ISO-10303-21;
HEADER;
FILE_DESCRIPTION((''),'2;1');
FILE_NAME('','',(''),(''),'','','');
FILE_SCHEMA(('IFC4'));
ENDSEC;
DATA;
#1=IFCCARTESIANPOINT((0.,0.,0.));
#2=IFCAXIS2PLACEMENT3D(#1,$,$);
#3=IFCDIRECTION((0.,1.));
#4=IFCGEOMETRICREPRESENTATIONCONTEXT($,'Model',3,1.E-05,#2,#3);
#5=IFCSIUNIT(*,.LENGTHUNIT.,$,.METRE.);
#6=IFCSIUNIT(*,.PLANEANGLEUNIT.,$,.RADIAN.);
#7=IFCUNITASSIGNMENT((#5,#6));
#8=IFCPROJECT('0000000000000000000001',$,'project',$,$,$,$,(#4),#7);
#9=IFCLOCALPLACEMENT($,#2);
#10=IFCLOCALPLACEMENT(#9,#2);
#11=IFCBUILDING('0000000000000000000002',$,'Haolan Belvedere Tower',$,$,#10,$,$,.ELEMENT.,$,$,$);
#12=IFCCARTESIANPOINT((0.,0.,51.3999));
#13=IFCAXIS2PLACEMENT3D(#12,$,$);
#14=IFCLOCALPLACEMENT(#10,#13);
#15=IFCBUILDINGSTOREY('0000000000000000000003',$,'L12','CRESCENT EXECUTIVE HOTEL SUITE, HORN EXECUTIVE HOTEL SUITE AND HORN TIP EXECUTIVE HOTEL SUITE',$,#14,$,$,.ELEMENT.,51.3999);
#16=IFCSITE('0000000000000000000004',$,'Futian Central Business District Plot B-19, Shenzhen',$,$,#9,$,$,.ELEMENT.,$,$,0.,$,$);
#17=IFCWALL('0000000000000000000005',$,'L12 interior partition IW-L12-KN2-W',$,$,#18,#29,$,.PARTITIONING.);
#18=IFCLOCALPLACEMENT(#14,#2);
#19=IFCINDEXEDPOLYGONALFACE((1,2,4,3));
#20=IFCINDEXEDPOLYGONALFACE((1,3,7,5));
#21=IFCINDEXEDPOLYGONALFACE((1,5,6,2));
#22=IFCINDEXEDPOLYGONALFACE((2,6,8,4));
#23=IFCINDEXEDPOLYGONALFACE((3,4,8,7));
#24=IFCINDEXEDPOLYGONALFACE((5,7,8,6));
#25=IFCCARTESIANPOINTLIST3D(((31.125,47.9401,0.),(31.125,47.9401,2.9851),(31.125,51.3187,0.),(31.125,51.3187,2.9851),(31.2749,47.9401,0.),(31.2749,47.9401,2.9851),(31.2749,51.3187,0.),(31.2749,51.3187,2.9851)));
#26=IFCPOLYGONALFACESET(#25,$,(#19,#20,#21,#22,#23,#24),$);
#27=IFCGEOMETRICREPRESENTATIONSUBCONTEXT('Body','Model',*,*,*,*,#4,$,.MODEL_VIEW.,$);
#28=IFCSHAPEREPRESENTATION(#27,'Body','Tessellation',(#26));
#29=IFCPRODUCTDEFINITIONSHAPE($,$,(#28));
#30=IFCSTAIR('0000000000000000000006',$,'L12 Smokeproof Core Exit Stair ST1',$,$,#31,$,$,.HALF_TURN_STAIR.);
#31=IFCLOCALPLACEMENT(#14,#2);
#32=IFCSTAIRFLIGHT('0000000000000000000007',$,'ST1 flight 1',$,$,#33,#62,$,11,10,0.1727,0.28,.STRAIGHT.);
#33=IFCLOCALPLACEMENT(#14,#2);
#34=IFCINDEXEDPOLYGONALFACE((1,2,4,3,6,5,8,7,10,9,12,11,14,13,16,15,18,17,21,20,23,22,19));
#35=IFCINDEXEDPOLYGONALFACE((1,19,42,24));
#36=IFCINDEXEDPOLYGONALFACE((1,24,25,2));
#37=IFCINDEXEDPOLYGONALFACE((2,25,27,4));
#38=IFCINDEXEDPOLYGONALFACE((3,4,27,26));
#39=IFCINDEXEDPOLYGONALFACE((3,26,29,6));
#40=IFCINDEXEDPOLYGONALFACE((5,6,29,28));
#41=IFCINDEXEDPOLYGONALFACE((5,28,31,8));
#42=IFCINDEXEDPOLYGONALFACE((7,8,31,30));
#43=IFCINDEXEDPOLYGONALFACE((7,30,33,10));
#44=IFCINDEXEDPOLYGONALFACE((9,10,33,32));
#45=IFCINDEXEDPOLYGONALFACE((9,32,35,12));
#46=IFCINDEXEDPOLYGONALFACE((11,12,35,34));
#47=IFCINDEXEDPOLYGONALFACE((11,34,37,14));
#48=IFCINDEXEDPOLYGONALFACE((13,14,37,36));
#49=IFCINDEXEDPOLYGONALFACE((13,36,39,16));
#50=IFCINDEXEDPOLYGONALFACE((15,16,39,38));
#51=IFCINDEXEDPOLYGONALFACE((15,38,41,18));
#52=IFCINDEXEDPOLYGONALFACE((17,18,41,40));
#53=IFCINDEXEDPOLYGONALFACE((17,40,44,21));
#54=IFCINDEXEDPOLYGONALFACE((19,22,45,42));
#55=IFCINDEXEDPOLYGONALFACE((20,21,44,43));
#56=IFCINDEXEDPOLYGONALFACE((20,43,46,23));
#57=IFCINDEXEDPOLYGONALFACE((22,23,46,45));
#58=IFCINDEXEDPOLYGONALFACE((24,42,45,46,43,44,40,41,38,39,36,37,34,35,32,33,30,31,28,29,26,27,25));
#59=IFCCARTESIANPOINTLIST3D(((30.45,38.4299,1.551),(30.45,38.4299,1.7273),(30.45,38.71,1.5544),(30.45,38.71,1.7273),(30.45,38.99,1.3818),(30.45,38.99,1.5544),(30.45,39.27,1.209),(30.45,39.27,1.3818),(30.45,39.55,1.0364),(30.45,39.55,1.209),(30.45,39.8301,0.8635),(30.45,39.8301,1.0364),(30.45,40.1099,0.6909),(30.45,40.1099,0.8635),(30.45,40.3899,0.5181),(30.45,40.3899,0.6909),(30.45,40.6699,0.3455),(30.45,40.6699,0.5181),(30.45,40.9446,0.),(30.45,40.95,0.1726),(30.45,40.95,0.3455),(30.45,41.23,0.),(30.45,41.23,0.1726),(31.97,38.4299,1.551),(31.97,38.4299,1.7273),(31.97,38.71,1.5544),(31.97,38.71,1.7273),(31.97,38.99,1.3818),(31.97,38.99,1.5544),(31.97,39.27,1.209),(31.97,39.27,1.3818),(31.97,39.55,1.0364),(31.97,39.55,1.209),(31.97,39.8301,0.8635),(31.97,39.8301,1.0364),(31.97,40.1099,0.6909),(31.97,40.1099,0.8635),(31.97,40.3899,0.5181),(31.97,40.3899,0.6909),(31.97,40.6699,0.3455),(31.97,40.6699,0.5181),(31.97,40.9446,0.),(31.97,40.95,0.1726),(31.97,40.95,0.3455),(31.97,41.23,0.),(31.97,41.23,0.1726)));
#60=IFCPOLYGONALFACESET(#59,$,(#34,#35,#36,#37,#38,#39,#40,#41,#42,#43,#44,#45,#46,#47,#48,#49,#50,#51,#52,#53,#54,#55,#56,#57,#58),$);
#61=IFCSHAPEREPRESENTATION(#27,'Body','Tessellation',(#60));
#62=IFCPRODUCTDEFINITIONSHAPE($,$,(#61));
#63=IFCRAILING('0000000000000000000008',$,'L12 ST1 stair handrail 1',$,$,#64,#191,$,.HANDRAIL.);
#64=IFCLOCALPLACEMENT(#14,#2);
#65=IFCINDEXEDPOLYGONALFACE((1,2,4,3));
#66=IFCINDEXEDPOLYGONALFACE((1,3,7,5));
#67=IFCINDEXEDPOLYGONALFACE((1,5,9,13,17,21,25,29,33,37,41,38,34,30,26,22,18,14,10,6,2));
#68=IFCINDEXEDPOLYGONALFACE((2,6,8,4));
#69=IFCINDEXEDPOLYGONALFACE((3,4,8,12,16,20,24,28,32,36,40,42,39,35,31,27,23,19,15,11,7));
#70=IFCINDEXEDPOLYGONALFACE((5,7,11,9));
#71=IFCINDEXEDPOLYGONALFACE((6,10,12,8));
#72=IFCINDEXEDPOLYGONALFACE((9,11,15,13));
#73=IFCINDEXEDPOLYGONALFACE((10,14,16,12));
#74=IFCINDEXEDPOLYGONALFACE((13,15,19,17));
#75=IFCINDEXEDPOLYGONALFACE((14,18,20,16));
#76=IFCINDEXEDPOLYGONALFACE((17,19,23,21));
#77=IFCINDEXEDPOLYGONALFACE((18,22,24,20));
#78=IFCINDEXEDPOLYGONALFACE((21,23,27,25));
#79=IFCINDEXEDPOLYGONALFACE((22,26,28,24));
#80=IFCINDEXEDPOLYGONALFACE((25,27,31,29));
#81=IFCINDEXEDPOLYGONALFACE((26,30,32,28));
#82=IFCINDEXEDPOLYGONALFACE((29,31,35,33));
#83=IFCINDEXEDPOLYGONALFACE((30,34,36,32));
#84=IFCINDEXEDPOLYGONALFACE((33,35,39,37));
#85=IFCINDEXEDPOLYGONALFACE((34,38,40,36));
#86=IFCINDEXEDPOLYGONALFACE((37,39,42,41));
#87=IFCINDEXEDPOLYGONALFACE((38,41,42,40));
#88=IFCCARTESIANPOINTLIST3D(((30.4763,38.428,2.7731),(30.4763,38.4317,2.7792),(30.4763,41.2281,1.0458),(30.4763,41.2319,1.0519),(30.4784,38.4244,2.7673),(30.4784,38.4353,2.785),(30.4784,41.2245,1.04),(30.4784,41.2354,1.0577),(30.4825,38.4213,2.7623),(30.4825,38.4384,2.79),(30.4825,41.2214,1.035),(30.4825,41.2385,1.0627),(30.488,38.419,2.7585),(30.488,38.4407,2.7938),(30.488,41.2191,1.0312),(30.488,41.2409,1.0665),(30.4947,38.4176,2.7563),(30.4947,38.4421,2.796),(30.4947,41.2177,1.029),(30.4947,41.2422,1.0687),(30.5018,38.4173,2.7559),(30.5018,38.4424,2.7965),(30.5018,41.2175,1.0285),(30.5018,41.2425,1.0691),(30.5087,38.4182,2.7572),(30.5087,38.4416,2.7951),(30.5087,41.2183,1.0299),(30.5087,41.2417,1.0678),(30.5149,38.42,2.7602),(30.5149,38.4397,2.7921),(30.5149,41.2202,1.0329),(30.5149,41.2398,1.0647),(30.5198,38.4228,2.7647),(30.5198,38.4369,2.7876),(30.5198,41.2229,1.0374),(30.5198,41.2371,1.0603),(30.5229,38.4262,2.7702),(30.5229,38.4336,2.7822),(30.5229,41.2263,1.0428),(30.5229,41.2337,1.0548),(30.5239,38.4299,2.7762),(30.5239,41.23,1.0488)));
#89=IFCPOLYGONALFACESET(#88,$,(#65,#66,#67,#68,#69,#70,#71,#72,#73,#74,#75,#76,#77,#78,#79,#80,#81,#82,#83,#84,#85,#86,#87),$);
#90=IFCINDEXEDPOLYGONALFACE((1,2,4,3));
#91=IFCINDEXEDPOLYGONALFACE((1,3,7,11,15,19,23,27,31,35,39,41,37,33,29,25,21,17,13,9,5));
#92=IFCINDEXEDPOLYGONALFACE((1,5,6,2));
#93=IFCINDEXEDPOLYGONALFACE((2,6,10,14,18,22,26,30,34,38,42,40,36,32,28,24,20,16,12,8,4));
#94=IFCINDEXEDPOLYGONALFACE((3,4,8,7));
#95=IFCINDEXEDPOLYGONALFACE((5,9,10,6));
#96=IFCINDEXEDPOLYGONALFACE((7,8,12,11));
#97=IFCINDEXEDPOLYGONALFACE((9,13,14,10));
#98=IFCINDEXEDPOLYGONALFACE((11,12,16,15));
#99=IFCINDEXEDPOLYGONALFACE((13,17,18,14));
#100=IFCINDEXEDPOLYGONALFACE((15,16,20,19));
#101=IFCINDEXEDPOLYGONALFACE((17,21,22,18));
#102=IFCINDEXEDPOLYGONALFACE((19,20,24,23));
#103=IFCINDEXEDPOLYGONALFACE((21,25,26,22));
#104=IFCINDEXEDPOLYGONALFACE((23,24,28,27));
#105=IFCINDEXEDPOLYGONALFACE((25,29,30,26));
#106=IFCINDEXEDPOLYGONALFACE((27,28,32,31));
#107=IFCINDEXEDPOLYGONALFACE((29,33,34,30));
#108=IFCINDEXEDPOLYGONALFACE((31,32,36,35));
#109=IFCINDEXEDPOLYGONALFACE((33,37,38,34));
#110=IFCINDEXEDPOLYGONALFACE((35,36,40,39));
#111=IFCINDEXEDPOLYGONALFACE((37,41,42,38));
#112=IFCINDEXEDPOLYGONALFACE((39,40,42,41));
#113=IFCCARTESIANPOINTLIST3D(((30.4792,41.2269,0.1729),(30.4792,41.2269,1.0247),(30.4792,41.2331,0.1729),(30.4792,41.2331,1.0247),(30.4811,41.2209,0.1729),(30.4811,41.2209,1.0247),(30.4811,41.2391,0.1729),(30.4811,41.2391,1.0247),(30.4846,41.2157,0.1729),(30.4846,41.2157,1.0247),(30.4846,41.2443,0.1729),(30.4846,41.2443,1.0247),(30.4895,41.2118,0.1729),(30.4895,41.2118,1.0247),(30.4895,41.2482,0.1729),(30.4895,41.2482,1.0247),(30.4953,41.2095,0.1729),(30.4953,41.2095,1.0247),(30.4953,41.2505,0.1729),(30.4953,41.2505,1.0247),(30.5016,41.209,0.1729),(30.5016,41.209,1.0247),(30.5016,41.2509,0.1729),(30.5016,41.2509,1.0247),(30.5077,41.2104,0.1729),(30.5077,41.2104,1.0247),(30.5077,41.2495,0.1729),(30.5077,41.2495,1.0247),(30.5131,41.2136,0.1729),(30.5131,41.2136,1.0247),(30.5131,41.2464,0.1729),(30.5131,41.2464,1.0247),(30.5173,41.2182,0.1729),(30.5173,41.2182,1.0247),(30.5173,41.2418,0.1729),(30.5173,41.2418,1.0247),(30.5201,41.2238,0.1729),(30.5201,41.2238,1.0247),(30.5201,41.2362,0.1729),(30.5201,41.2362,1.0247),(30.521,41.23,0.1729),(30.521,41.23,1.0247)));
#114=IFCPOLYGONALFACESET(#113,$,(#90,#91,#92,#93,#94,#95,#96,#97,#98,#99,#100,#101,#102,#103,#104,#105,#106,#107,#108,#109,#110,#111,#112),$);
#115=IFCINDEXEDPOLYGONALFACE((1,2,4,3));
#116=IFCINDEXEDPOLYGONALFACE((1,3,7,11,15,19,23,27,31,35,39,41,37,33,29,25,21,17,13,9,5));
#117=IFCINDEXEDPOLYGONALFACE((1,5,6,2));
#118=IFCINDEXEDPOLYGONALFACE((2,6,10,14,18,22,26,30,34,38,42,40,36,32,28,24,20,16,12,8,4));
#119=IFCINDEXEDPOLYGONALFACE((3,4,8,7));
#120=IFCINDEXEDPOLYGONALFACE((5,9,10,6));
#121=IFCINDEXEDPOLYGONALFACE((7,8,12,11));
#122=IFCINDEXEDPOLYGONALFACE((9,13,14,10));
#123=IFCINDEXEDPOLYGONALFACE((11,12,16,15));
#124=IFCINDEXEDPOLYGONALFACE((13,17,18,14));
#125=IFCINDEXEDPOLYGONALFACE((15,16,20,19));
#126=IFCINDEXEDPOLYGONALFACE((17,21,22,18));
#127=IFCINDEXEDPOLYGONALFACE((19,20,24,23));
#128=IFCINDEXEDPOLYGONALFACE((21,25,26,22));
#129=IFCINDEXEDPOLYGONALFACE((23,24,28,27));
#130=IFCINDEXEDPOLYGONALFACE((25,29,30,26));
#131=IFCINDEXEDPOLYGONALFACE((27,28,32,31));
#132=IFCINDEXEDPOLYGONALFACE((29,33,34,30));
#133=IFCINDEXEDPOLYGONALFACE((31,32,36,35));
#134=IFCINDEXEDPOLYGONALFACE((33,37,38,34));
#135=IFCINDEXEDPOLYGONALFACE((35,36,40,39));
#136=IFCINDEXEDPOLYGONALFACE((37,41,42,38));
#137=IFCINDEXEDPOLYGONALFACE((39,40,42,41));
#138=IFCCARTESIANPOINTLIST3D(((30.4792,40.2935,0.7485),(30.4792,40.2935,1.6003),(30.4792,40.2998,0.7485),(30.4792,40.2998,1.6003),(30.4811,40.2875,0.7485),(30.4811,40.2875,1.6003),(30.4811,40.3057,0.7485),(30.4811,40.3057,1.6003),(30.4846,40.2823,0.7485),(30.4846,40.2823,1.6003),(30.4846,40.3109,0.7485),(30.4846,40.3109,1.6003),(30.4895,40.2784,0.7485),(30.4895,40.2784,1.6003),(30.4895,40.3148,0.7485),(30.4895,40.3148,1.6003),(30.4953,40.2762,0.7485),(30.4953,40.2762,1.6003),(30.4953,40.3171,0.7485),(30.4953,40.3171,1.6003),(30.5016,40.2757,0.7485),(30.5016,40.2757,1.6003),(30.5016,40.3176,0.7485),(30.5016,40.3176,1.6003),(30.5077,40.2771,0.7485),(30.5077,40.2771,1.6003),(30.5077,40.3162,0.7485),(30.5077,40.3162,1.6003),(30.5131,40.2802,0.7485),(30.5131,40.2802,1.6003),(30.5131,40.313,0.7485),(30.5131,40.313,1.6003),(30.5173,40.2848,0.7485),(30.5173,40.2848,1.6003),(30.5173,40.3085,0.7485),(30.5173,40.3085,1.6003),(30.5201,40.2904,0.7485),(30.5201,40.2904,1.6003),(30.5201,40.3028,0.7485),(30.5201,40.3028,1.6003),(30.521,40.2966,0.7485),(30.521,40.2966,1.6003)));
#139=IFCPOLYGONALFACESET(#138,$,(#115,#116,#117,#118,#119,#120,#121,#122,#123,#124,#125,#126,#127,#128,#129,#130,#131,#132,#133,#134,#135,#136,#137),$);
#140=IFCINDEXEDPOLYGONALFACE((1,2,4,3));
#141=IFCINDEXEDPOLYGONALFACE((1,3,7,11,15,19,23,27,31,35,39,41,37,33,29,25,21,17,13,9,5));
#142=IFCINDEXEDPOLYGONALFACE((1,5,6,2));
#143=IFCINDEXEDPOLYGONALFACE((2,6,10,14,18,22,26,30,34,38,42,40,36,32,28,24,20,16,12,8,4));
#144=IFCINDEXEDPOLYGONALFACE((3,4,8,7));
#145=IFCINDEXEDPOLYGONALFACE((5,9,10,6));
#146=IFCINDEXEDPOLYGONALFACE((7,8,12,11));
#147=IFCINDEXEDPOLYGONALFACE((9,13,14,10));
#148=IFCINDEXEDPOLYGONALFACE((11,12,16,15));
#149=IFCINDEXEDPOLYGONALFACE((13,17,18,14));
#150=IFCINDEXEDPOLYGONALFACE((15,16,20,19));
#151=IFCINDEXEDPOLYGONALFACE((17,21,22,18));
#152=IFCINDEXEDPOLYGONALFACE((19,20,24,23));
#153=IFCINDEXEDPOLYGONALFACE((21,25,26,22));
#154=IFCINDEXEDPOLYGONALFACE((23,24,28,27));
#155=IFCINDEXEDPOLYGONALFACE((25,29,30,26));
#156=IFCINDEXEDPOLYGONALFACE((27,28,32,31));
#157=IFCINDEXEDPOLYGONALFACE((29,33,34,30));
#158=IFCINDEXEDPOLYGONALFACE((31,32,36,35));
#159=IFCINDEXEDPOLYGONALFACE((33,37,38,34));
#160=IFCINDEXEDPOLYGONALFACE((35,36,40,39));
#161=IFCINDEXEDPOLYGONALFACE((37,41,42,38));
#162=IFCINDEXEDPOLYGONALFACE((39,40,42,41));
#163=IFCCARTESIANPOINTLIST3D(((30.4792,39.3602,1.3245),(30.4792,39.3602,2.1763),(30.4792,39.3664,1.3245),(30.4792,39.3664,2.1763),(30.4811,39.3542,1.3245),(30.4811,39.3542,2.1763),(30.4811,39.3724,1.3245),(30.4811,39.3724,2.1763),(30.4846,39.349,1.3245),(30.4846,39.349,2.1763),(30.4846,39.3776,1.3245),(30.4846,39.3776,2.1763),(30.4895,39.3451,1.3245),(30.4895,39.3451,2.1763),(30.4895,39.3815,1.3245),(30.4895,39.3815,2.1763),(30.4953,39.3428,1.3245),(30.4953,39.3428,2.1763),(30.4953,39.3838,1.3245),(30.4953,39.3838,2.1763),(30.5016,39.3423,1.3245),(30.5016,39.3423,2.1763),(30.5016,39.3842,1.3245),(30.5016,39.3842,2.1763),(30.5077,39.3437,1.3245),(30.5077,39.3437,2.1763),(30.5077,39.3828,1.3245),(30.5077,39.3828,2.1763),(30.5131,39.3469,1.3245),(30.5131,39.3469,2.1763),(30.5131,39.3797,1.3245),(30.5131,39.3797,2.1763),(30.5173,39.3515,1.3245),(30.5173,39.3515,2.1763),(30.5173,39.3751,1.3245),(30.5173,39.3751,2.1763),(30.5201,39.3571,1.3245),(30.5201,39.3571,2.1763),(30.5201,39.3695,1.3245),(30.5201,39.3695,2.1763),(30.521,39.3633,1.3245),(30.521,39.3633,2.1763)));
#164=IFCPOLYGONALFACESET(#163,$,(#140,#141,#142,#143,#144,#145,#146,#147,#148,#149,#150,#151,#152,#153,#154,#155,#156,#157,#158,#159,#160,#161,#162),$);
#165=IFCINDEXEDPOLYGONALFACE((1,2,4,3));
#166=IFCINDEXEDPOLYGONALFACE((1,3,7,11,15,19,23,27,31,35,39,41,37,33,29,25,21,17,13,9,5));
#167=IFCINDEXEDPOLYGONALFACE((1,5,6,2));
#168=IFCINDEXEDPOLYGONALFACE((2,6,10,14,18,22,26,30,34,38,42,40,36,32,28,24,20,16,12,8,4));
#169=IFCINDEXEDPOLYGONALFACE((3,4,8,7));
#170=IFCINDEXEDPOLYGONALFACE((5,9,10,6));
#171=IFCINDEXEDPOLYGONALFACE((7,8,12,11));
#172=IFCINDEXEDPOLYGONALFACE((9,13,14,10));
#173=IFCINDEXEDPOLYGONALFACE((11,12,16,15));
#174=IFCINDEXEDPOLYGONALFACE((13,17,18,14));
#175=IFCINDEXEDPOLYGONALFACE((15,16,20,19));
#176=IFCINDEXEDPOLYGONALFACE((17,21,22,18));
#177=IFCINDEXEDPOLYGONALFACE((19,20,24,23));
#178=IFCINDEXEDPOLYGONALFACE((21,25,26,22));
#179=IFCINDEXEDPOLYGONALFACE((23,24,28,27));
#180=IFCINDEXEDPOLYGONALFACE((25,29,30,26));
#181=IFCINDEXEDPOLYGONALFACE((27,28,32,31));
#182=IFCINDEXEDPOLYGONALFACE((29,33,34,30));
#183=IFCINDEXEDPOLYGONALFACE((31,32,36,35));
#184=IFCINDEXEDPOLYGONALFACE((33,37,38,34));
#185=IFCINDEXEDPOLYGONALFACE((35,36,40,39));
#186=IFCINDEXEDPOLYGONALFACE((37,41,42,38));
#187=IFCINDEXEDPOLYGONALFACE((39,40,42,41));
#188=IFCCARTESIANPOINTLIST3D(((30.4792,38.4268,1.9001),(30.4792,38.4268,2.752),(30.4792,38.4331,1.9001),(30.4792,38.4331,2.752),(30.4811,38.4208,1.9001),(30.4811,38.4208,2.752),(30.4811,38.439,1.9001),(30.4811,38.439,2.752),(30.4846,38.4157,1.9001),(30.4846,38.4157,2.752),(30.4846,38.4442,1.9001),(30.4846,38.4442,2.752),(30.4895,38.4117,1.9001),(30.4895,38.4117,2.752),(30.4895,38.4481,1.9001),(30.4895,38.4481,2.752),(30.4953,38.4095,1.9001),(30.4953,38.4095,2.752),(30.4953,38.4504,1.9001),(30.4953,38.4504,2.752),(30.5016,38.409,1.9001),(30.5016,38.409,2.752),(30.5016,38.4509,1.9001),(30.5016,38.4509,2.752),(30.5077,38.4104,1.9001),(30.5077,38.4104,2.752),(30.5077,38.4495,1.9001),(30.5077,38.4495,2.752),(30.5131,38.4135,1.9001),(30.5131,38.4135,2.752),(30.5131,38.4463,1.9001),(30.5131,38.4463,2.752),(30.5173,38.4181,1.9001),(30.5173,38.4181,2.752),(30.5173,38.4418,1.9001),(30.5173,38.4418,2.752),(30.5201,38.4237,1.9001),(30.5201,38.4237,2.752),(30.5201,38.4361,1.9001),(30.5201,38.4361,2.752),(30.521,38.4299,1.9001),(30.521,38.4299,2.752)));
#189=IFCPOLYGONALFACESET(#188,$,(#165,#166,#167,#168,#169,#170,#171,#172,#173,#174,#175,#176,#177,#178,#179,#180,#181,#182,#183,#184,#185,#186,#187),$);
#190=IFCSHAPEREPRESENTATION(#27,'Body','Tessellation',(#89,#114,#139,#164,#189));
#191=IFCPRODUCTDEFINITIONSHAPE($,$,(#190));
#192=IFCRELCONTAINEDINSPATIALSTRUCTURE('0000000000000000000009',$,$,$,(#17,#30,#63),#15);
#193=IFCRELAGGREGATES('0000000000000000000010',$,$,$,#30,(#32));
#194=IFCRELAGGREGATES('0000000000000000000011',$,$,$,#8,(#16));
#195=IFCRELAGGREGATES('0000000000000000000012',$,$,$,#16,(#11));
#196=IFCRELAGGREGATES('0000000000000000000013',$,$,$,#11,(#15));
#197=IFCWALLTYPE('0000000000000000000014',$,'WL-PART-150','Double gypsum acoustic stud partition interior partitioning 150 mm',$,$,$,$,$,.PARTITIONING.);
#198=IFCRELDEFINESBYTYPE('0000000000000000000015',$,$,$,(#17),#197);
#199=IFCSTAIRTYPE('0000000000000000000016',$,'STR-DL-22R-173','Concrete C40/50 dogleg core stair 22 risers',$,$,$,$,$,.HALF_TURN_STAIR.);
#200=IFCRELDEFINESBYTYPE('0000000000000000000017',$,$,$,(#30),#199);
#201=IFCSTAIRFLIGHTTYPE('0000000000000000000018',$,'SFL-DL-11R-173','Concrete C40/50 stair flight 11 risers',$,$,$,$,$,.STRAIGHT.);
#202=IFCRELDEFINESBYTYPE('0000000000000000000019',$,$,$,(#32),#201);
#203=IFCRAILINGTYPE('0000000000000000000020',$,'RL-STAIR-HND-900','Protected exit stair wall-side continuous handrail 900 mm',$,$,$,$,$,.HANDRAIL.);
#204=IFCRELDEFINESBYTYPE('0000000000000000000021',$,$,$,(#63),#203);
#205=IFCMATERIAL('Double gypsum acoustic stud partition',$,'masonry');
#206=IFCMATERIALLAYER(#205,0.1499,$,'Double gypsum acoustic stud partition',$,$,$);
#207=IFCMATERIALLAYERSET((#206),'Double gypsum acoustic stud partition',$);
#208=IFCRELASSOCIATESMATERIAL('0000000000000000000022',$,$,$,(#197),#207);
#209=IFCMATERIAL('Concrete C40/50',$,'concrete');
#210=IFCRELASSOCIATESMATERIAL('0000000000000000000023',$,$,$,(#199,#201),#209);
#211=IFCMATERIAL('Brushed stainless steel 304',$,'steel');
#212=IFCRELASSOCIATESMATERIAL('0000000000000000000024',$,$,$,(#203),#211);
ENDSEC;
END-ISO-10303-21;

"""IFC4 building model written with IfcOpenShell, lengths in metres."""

from ifc_helpers import new_model, si_unit, direction, frame, frame_2d, origin, origin_2d, place, context, subcontext, project, spatial, polyline, rectangle, circle, outline, extrude, material, layer, layer_set, type_object, element, aggregate, save


model = new_model("IFC4")

# Units and contexts
model_context = context("Model", 3, precision=1e-05, world=origin(), true_north=direction((0.0, 1.0)))
body_context = subcontext(model_context, "Body", "Model", "MODEL_VIEW")
ifc_project = project(units=[si_unit("LENGTHUNIT", "METRE"), si_unit("PLANEANGLEUNIT", "RADIAN")], contexts=[model_context])

# Site, building, storey
site_placement = place(None, origin())
site = spatial("IfcSite", under=ifc_project, at=site_placement, Name="Futian Central Business District Plot B-19, Shenzhen", CompositionType="ELEMENT", RefElevation=0.0)
building_placement = place(site_placement, origin())
building = spatial("IfcBuilding", under=site, at=building_placement, Name="Haolan Belvedere Tower", CompositionType="ELEMENT")
storey_placement = place(building_placement, frame((0.0, 0.0, 51.3999)))
storey = spatial("IfcBuildingStorey", under=building, at=storey_placement, Name="L12", Description="CRESCENT EXECUTIVE HOTEL SUITE, HORN EXECUTIVE HOTEL SUITE AND HORN TIP EXECUTIVE HOTEL SUITE", CompositionType="ELEMENT", Elevation=51.3999)

# Shared definitions
ifc_material_1 = material(Name="Concrete C40/50", Category="concrete")

# Shared definitions
ifc_material_2 = material(Name="Double gypsum acoustic stud partition", Category="masonry")
ifc_layer_1 = layer(ifc_material_2, 0.1499, Name="Double gypsum acoustic stud partition")
ifc_layer_set_1 = layer_set([ifc_layer_1], Name="Double gypsum acoustic stud partition")
wall_type_1 = type_object("IfcWallType", Name="WL-PART-150", Description="Double gypsum acoustic stud partition interior partitioning 150 mm", PredefinedType="PARTITIONING", material=ifc_layer_set_1)

# Wall
wall_1_placement = place(storey_placement, frame((31.2, 47.9399, 0.0), z_axis=(0.0, 0.0, 1.0), x_axis=(0.0, 1.0, 0.0)))
element("IfcWall", 1, at=wall_1_placement, inside=storey, type_object=wall_type_1, Name="L12 interior partition IW-L12-KN2-W", PredefinedType="PARTITIONING", context=body_context, shape_type="SweptSolid", body=[
    extrude(rectangle(XDim=3.3787, YDim=0.1499, at=frame_2d((1.6895, 0.0))), origin(), (0.0, 0.0, 1.0), 2.9851),
])

# Stair, stair flight
stair_type = type_object("IfcStairType", Name="STR-DL-22R-173", Description="Concrete C40/50 dogleg core stair 22 risers", PredefinedType="HALF_TURN_STAIR", material=ifc_material_1)
stair_placement = place(storey_placement, origin())
stair = element("IfcStair", 2, at=stair_placement, inside=storey, type_object=stair_type, Name="L12 Smokeproof Core Exit Stair ST1", PredefinedType="HALF_TURN_STAIR")
stair_flight_type = type_object("IfcStairFlightType", Name="SFL-DL-11R-173", Description="Concrete C40/50 stair flight 11 risers", PredefinedType="STRAIGHT", material=ifc_material_1)
stair_flight_placement = place(storey_placement, frame((31.21, 41.23, 0.0), z_axis=(0.0, 0.0, 1.0), x_axis=(0.0, -1.0, 0.0)))
stair_flight = element("IfcStairFlight", 3, at=stair_flight_placement, type_object=stair_flight_type, Name="ST1 flight 1", NumberOfRisers=11, NumberOfTreads=10, PredefinedType="STRAIGHT", RiserHeight=0.1727, TreadLength=0.28, context=body_context, shape_type="SweptSolid", body=[
    extrude(outline(polyline([(0.0, 0.0), (0.0, 0.1726), (0.28, 0.1726), (0.28, 0.3455), (0.5601, 0.3455), (0.5601, 0.5181), (0.8401, 0.5181), (0.8401, 0.6909), (1.1201, 0.6909), (1.1201, 0.8635), (1.3999, 0.8635), (1.3999, 1.0364), (1.6799, 1.0364), (1.6799, 1.209), (1.96, 1.209), (1.96, 1.3818), (2.24, 1.3818), (2.24, 1.5544), (2.52, 1.5544), (2.52, 1.7273), (2.8, 1.7273), (2.8, 1.8999), (2.8, 1.551), (0.2854, 0.0), (0.0, 0.0)])), frame((0.0, 0.76, 0.0), z_axis=(0.0, -1.0, 0.0), x_axis=(1.0, 0.0, 0.0)), (0.0, 0.0, 1.0), 1.52),
])
aggregate(stair, [stair_flight])

# Railing
ifc_material_3 = material(Name="Brushed stainless steel 304", Category="steel")
railing_type = type_object("IfcRailingType", Name="RL-STAIR-HND-900", Description="Protected exit stair wall-side continuous handrail 900 mm", PredefinedType="HANDRAIL", material=ifc_material_3)
railing_placement = place(storey_placement, frame((30.5, 41.23, 0.1729)))
element("IfcRailing", 4, at=railing_placement, inside=storey, type_object=railing_type, Name="L12 ST1 stair handrail 1", PredefinedType="HANDRAIL", context=body_context, shape_type="SweptSolid", body=[
    extrude(circle(Radius=0.0239, at=origin_2d()), frame((0.0, 0.0, 0.876), z_axis=(0.0, -0.85109, 0.52502), x_axis=(1.0, 0.0, 0.0)), (0.0, 0.0, 1.0), 3.29),
    extrude(circle(Radius=0.021, at=origin_2d()), origin(), (0.0, 0.0, 1.0), 0.8518),
    extrude(circle(Radius=0.021, at=origin_2d()), frame((0.0, -0.9333, 0.5757)), (0.0, 0.0, 1.0), 0.8518),
    extrude(circle(Radius=0.021, at=origin_2d()), frame((0.0, -1.8667, 1.1516)), (0.0, 0.0, 1.0), 0.8518),
    extrude(circle(Radius=0.021, at=origin_2d()), frame((0.0, -2.8, 1.7273)), (0.0, 0.0, 1.0), 0.8518),
])

save(model, "model.ifc")
